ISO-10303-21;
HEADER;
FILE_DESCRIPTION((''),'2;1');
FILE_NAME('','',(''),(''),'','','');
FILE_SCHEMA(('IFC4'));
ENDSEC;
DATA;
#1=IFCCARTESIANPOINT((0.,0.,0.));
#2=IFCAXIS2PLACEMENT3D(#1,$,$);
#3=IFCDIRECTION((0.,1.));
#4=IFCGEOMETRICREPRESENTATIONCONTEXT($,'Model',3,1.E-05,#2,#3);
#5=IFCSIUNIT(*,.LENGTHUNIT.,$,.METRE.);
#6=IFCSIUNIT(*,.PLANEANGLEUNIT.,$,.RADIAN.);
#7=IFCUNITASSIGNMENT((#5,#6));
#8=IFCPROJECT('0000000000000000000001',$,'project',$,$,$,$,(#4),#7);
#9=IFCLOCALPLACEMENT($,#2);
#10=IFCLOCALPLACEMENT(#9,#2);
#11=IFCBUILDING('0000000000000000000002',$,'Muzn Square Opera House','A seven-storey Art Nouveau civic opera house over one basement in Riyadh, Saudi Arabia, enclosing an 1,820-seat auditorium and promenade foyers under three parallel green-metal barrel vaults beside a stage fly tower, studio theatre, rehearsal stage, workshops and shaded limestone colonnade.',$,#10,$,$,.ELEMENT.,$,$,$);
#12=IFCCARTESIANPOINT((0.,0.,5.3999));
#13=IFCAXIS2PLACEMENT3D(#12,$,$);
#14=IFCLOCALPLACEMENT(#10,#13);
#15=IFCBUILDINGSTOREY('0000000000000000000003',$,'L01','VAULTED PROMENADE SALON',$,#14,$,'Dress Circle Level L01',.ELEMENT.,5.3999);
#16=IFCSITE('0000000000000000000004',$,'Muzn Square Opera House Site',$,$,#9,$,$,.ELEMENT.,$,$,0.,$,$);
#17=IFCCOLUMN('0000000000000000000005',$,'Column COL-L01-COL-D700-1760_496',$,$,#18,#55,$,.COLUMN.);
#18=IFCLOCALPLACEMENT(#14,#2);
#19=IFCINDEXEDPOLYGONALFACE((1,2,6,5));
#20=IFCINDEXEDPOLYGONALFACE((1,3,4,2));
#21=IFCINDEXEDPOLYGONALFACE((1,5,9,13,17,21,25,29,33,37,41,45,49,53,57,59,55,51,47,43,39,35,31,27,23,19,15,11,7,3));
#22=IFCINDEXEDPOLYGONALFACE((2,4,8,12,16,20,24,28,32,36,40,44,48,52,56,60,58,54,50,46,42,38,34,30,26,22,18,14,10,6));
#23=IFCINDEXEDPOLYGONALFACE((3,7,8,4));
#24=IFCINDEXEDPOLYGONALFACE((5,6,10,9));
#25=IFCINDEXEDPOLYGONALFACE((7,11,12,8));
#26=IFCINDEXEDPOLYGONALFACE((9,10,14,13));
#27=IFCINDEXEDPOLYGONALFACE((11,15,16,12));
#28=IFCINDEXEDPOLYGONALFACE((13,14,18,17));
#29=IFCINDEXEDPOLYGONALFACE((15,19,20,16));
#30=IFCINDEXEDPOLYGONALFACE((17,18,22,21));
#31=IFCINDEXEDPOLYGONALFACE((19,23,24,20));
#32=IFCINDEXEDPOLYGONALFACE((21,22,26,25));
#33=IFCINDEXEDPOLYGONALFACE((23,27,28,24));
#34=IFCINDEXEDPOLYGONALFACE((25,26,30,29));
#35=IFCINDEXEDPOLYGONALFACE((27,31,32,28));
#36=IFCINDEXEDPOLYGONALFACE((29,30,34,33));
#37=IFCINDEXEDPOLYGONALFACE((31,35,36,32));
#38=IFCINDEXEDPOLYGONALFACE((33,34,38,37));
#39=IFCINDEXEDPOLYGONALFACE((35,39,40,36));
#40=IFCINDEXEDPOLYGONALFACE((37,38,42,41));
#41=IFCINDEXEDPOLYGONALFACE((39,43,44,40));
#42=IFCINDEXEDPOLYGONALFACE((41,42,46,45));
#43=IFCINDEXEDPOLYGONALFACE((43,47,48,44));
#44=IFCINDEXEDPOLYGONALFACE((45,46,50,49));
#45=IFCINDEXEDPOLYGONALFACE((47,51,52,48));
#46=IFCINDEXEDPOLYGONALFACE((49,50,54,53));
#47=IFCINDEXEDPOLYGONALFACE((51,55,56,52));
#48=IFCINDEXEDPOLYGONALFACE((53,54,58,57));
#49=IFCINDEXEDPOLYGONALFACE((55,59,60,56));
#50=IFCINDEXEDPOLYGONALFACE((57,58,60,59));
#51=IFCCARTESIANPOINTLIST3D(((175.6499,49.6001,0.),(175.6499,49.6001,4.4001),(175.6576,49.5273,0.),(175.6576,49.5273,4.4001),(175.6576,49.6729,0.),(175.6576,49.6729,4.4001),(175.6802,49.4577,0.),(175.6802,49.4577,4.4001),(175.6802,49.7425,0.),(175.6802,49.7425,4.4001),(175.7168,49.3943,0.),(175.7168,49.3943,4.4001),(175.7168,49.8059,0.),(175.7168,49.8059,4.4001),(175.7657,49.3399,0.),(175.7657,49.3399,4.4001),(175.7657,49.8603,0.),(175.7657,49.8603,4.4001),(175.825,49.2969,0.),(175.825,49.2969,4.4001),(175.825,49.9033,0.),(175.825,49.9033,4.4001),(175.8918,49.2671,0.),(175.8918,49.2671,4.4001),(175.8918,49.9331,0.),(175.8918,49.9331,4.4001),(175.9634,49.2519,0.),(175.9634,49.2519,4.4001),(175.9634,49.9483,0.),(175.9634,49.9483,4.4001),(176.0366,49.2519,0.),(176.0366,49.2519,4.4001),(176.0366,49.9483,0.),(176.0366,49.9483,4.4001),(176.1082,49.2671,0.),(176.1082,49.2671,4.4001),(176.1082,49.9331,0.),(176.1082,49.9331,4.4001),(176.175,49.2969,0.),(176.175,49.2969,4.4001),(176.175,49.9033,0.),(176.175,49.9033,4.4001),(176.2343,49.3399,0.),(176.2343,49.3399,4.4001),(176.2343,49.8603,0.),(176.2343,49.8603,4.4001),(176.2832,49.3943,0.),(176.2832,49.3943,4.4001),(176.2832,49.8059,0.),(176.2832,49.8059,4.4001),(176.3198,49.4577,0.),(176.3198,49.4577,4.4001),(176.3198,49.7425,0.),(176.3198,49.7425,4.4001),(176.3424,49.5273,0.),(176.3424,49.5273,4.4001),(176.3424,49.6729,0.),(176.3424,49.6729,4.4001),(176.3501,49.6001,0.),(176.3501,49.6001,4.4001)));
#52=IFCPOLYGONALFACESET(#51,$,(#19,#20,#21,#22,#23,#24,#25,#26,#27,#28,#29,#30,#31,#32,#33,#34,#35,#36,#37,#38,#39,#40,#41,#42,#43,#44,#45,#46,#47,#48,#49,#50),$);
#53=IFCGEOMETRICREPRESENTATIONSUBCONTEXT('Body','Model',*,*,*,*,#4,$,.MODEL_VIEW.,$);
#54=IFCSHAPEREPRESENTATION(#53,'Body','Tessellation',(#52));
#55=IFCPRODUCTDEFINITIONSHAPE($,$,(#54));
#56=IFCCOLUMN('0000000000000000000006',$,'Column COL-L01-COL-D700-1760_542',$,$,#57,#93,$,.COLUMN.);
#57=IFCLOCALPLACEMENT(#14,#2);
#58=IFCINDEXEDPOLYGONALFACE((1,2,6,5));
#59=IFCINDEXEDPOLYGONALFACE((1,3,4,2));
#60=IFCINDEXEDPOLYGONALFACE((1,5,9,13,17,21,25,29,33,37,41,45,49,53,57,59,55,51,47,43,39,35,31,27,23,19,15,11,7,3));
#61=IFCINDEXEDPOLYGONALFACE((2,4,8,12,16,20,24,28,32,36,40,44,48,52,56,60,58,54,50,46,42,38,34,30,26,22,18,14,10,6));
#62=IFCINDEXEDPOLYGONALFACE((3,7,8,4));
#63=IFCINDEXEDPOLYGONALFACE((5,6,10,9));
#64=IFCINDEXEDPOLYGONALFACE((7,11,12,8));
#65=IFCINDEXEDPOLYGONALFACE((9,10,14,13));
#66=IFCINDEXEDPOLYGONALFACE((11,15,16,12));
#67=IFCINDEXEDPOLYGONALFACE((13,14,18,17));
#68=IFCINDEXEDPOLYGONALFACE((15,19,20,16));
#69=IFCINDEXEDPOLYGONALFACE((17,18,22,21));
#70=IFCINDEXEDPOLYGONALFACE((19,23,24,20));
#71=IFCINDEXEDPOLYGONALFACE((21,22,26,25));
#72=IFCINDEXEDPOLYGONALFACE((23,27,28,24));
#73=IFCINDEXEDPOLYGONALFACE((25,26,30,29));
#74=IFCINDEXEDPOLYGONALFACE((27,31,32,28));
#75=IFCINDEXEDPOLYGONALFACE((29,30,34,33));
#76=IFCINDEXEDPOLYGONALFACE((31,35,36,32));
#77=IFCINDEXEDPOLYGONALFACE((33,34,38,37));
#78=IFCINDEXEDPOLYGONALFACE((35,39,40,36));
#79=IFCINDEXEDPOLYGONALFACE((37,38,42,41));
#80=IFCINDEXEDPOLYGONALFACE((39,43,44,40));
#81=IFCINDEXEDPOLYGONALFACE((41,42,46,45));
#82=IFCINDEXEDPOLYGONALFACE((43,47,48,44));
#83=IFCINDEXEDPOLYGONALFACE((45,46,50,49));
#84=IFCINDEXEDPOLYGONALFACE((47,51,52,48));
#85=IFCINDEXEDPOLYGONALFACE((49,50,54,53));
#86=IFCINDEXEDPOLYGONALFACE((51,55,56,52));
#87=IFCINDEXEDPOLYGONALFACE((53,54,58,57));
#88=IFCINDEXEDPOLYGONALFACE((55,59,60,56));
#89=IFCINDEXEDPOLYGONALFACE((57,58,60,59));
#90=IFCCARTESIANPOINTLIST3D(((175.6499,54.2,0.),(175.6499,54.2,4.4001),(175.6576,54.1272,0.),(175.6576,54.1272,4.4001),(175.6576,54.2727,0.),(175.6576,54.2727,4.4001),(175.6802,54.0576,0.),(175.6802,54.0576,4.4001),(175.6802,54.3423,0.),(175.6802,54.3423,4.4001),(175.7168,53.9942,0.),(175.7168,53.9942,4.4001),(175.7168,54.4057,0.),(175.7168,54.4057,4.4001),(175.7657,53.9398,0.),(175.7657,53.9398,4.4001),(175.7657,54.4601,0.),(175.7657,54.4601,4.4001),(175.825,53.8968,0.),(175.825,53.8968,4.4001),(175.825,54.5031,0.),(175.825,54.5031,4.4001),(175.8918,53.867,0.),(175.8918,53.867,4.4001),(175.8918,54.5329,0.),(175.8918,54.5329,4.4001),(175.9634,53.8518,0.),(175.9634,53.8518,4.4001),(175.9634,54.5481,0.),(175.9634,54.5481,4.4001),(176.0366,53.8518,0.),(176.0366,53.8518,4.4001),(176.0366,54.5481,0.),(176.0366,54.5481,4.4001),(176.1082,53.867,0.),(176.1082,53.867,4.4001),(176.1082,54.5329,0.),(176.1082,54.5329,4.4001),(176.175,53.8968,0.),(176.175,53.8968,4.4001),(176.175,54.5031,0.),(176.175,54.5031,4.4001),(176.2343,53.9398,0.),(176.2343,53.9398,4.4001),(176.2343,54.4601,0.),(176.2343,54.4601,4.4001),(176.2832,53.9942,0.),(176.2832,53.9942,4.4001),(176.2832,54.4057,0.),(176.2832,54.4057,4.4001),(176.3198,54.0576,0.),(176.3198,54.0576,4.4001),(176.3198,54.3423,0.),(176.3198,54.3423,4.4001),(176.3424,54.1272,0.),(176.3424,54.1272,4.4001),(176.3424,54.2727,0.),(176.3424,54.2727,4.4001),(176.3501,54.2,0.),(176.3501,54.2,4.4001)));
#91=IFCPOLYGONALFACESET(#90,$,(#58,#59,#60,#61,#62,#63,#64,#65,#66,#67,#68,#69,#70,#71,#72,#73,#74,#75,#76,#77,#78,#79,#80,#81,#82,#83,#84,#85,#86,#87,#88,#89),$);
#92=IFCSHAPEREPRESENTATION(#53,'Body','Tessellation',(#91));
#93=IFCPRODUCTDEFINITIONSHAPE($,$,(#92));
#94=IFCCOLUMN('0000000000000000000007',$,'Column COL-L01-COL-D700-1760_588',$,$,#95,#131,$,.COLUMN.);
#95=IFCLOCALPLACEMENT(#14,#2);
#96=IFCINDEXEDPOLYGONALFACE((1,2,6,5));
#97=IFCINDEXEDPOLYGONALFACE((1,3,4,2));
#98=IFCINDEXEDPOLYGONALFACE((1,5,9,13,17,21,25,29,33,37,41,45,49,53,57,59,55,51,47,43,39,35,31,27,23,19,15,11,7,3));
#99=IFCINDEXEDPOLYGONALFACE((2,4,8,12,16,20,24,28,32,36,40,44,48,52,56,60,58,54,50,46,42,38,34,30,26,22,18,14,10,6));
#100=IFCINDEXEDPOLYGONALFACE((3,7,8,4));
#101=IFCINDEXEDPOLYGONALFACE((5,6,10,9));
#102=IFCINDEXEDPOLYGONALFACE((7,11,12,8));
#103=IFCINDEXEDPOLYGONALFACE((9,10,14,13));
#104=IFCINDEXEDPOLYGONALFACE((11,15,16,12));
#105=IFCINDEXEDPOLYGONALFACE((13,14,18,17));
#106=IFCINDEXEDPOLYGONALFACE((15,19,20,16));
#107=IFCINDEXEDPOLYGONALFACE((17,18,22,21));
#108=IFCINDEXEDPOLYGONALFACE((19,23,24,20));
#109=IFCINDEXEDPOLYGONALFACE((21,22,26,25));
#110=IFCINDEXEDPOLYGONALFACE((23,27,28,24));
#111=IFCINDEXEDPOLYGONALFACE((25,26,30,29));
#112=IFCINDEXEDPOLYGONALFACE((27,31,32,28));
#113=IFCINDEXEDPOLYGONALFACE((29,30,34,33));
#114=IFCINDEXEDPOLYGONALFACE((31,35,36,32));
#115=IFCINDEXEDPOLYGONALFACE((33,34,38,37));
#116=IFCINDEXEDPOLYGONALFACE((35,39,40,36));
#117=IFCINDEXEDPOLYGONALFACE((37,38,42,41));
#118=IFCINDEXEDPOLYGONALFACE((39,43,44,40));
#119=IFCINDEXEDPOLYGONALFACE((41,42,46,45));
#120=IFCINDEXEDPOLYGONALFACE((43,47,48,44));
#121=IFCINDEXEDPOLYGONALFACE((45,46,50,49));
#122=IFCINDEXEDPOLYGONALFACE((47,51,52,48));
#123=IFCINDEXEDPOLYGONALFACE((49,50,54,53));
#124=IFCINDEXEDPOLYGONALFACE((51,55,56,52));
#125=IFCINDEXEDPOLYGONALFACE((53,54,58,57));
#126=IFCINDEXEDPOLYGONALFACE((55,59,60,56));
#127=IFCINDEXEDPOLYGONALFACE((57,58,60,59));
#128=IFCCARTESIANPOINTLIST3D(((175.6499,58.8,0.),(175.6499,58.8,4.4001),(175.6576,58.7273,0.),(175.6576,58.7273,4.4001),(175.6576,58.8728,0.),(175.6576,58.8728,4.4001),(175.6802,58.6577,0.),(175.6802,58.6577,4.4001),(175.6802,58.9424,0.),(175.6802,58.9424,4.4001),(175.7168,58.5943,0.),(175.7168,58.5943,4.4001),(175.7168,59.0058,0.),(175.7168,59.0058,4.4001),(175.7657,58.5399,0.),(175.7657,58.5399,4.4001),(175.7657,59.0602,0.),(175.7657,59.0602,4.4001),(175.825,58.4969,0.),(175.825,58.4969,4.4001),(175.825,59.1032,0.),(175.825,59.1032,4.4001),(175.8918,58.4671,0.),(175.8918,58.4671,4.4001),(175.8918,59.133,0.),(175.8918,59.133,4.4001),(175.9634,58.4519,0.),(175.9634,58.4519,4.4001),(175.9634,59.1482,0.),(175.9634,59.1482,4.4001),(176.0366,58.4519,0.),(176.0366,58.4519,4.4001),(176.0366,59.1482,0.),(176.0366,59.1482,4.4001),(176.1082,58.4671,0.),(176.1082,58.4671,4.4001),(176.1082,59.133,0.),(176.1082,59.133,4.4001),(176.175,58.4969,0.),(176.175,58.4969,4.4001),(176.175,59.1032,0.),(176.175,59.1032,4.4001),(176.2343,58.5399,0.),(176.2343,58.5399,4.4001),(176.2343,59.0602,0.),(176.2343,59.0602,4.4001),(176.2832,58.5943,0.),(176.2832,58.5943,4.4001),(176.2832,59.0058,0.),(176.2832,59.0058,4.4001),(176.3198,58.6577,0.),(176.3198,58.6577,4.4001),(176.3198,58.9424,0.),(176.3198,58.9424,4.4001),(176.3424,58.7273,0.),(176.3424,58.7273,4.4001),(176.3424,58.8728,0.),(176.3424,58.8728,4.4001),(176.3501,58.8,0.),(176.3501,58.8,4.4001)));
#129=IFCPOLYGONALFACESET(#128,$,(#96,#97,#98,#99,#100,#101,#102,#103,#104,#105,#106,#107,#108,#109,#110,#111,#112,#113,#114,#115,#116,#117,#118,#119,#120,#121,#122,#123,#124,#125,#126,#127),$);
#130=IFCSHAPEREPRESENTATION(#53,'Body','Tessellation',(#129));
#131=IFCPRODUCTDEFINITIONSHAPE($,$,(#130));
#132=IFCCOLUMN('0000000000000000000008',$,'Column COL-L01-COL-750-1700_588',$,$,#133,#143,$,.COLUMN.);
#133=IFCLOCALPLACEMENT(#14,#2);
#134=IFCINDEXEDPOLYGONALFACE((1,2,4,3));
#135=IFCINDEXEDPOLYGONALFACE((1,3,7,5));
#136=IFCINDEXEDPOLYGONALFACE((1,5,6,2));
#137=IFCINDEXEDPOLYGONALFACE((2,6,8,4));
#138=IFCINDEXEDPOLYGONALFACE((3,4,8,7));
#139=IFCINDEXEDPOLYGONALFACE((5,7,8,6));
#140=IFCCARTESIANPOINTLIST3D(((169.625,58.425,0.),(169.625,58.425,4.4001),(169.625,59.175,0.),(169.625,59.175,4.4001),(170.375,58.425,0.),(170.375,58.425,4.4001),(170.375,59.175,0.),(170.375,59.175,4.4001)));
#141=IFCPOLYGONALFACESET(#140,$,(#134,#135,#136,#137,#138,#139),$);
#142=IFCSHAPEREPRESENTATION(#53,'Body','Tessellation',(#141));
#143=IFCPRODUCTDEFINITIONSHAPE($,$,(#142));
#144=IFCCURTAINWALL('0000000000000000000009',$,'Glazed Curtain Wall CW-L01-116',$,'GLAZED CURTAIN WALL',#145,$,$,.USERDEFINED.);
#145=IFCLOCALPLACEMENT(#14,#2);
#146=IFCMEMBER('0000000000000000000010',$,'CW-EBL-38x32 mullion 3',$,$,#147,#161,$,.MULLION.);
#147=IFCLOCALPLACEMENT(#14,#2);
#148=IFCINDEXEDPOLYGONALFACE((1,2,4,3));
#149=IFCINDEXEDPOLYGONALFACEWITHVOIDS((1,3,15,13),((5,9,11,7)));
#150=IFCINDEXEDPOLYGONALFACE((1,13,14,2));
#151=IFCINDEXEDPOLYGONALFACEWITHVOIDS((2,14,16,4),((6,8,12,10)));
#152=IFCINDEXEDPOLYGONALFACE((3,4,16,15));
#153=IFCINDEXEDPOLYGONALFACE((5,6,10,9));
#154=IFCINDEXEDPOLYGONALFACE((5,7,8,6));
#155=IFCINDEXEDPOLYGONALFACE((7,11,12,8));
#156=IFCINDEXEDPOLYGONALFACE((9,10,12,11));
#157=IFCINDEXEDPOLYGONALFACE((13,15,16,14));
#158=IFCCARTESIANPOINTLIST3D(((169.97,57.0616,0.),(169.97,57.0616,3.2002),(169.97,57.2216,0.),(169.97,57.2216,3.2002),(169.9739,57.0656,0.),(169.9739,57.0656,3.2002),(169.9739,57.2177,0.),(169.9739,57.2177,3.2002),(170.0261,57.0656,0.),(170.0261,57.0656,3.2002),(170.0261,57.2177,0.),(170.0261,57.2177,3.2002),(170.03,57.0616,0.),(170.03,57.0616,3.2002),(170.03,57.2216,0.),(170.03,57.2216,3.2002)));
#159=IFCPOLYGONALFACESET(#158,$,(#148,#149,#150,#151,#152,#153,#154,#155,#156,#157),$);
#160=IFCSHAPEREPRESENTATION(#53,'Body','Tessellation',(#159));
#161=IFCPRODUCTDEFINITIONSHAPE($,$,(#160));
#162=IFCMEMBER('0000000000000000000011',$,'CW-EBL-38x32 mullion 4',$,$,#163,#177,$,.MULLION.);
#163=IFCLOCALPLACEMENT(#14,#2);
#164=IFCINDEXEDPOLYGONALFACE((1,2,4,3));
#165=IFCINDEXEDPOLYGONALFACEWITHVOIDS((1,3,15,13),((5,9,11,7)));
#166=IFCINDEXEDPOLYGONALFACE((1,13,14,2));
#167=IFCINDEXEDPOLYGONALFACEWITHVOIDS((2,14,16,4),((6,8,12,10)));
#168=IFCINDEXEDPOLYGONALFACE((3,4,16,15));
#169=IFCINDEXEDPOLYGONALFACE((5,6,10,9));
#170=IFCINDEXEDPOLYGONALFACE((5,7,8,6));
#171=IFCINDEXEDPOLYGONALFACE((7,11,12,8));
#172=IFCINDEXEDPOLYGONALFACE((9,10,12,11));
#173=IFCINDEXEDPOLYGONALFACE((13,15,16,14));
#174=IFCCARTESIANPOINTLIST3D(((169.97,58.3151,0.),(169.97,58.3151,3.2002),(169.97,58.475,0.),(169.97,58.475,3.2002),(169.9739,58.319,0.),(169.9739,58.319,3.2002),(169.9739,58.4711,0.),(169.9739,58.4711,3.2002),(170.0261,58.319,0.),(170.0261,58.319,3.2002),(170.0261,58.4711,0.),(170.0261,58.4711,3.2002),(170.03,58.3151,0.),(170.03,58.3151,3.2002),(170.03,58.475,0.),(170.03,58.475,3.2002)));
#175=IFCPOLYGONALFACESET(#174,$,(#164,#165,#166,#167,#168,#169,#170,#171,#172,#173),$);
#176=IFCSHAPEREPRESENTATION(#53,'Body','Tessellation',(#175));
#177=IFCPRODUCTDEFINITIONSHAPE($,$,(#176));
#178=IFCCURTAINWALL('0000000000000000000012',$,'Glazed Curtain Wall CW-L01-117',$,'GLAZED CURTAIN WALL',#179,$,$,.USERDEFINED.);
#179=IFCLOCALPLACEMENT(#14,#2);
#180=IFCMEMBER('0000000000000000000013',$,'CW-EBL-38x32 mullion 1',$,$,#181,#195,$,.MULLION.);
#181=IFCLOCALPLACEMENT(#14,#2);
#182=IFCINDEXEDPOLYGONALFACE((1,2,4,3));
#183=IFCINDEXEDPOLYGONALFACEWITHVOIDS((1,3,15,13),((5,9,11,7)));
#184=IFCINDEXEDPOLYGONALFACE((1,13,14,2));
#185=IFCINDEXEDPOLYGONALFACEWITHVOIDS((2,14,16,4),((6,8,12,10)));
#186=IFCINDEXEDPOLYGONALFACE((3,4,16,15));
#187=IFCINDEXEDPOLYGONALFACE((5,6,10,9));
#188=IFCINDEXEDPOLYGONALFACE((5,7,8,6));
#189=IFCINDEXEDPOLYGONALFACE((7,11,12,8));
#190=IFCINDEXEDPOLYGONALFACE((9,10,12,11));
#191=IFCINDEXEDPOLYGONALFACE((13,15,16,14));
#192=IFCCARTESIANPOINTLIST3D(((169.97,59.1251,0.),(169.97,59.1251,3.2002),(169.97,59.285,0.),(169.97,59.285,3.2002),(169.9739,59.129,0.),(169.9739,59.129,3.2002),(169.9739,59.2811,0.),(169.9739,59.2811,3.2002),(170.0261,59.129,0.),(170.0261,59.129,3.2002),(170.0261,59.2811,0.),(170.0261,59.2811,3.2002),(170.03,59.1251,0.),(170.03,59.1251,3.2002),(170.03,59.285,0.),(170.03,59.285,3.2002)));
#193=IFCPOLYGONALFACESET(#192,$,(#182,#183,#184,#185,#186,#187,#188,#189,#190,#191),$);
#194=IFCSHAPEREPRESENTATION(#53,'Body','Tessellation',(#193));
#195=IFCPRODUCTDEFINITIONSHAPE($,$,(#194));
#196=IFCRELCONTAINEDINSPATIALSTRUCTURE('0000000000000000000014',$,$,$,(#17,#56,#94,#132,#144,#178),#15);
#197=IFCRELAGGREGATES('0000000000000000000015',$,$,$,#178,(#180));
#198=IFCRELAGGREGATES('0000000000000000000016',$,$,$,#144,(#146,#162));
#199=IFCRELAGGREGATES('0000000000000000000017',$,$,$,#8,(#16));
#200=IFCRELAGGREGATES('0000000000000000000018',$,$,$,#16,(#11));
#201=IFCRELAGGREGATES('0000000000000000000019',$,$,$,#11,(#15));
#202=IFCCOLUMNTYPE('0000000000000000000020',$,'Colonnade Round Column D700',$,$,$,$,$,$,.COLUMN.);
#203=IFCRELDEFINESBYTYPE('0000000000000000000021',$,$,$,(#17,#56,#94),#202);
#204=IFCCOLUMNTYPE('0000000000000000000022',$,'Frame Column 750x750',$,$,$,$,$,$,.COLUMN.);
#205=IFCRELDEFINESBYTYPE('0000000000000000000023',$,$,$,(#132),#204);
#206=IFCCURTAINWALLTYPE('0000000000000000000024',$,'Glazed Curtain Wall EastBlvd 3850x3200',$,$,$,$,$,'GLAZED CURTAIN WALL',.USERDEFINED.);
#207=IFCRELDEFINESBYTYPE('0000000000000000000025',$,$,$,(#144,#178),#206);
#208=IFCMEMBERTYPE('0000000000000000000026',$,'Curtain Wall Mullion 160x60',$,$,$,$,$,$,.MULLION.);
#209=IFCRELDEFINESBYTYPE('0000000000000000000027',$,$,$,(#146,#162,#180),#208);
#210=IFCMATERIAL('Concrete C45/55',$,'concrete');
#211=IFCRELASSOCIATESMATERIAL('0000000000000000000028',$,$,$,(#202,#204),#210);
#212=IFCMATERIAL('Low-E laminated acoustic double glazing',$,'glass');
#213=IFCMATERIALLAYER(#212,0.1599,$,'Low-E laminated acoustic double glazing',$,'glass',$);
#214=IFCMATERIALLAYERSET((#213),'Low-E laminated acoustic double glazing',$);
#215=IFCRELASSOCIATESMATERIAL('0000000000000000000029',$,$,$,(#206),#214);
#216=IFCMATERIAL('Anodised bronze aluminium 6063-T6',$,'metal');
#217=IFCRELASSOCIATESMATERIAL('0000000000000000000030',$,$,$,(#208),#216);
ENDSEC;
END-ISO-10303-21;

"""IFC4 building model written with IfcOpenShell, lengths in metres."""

from ifc_helpers import new_model, si_unit, direction, frame, origin, origin_2d, place, context, subcontext, project, spatial, rectangle, hollow_rectangle, circle, extrude, material, layer, layer_set, material_profile, profile_set, type_object, element, aggregate, save


model = new_model("IFC4")

# Units and contexts
model_context = context("Model", 3, precision=1e-05, world=origin(), true_north=direction((0.0, 1.0)))
body_context = subcontext(model_context, "Body", "Model", "MODEL_VIEW")
ifc_project = project(units=[si_unit("LENGTHUNIT", "METRE"), si_unit("PLANEANGLEUNIT", "RADIAN")], contexts=[model_context])

# Site, building, storey
site_placement = place(None, origin())
site = spatial("IfcSite", under=ifc_project, at=site_placement, Name="Muzn Square Opera House Site", CompositionType="ELEMENT", RefElevation=0.0)
building_placement = place(site_placement, origin())
building = spatial("IfcBuilding", under=site, at=building_placement, Name="Muzn Square Opera House", Description="A seven-storey Art Nouveau civic opera house over one basement in Riyadh, Saudi Arabia, enclosing an 1,820-seat auditorium and promenade foyers under three parallel green-metal barrel vaults beside a stage fly tower, studio theatre, rehearsal stage, workshops and shaded limestone colonnade.", CompositionType="ELEMENT")
storey_placement = place(building_placement, frame((0.0, 0.0, 5.3999)))
storey = spatial("IfcBuildingStorey", under=building, at=storey_placement, Name="L01", Description="VAULTED PROMENADE SALON", LongName="Dress Circle Level L01", CompositionType="ELEMENT", Elevation=5.3999)

# Columns
ifc_material_1 = material(Name="Concrete C45/55", Category="concrete")
ifc_material_profile_1 = material_profile(ifc_material_1, circle(Radius=0.3501, at=origin_2d()), Name="RCC D700", Category="concrete")
ifc_profile_set_1 = profile_set([ifc_material_profile_1], Name="Concrete C45/55")
column_type_1 = type_object("IfcColumnType", Name="Colonnade Round Column D700", PredefinedType="COLUMN", material=ifc_profile_set_1)
for number, where, z_axis, x_axis, name in (
    (1, (176.0, 49.6001, 0.0), (0.0, 0.0, 1.0), (1.0, 0.0, 0.0), "Column COL-L01-COL-D700-1760_496"),
    (2, (176.0, 54.2, 0.0), (0.0, 0.0, 1.0), (1.0, 0.0, 0.0), "Column COL-L01-COL-D700-1760_542"),
    (3, (176.0, 58.8, 0.0), (0.0, 0.0, 1.0), (1.0, 0.0, 0.0), "Column COL-L01-COL-D700-1760_588"),
):
    element("IfcColumn", number, at=place(storey_placement, frame(where, z_axis=z_axis, x_axis=x_axis)), inside=storey, type_object=column_type_1, Name=name, PredefinedType="COLUMN", context=body_context, shape_type="SweptSolid", body=[
        extrude(circle(Radius=0.3501, at=origin_2d()), origin(), (0.0, 0.0, 1.0), 4.4001),
    ])
ifc_material_profile_2 = material_profile(ifc_material_1, rectangle(XDim=0.75, YDim=0.75, at=origin_2d()), Name="RC 750x750", Category="concrete")
ifc_profile_set_2 = profile_set([ifc_material_profile_2], Name="Concrete C45/55")
column_type_2 = type_object("IfcColumnType", Name="Frame Column 750x750", PredefinedType="COLUMN", material=ifc_profile_set_2)
column_placement = place(storey_placement, frame((170.0, 58.8, 0.0), z_axis=(0.0, 0.0, 1.0), x_axis=(1.0, 0.0, 0.0)))
element("IfcColumn", 4, at=column_placement, inside=storey, type_object=column_type_2, Name="Column COL-L01-COL-750-1700_588", PredefinedType="COLUMN", context=body_context, shape_type="SweptSolid", body=[
    extrude(rectangle(XDim=0.75, YDim=0.75, at=origin_2d()), origin(), (0.0, 0.0, 1.0), 4.4001),
])

# Curtain wall, members
ifc_material_2 = material(Name="Low-E laminated acoustic double glazing", Category="glass")
ifc_layer_1 = layer(ifc_material_2, 0.1599, Name="Low-E laminated acoustic double glazing", Category="glass")
ifc_layer_set_1 = layer_set([ifc_layer_1], Name="Low-E laminated acoustic double glazing")
curtain_wall_type = type_object("IfcCurtainWallType", Name="Glazed Curtain Wall EastBlvd 3850x3200", ElementType="GLAZED CURTAIN WALL", PredefinedType="USERDEFINED", material=ifc_layer_set_1)
curtain_wall_1_placement = place(storey_placement, origin())
curtain_wall_1 = element("IfcCurtainWall", 5, at=curtain_wall_1_placement, inside=storey, type_object=curtain_wall_type, Name="Glazed Curtain Wall CW-L01-116", ObjectType="GLAZED CURTAIN WALL", PredefinedType="USERDEFINED")
ifc_material_3 = material(Name="Anodised bronze aluminium 6063-T6", Category="metal")
ifc_material_profile_3 = material_profile(ifc_material_3, hollow_rectangle(XDim=0.0601, YDim=0.1599, WallThickness=0.0039, at=origin_2d()), Name="ALU 160x60x4", Category="metal")
ifc_profile_set_3 = profile_set([ifc_material_profile_3], Name="Anodised bronze aluminium 6063-T6")
member_type_1 = type_object("IfcMemberType", Name="Curtain Wall Mullion 160x60", PredefinedType="MULLION", material=ifc_profile_set_3)
member_1_placement = place(storey_placement, frame((170.0, 57.1416, 0.0), z_axis=(0.0, 0.0, 1.0), x_axis=(-1.0, 0.0, 0.0)))
member_1 = element("IfcMember", 6, at=member_1_placement, type_object=member_type_1, Name="CW-EBL-38x32 mullion 3", PredefinedType="MULLION", context=body_context, shape_type="SweptSolid", body=[
    extrude(hollow_rectangle(XDim=0.0601, YDim=0.1599, WallThickness=0.0039, at=origin_2d()), origin(), (0.0, 0.0, 1.0), 3.2002),
])
member_2_placement = place(storey_placement, frame((170.0, 58.395, 0.0), z_axis=(0.0, 0.0, 1.0), x_axis=(-1.0, 0.0, 0.0)))
member_2 = element("IfcMember", 7, at=member_2_placement, type_object=member_type_1, Name="CW-EBL-38x32 mullion 4", PredefinedType="MULLION", context=body_context, shape_type="SweptSolid", body=[
    extrude(hollow_rectangle(XDim=0.0601, YDim=0.1599, WallThickness=0.0039, at=origin_2d()), origin(), (0.0, 0.0, 1.0), 3.2002),
])

# Curtain wall, member
curtain_wall_2_placement = place(storey_placement, origin())
curtain_wall_2 = element("IfcCurtainWall", 8, at=curtain_wall_2_placement, inside=storey, type_object=curtain_wall_type, Name="Glazed Curtain Wall CW-L01-117", ObjectType="GLAZED CURTAIN WALL", PredefinedType="USERDEFINED")
member_3_placement = place(storey_placement, frame((170.0, 59.2051, 0.0), z_axis=(0.0, 0.0, 1.0), x_axis=(-1.0, 0.0, 0.0)))
member_3 = element("IfcMember", 9, at=member_3_placement, type_object=member_type_1, Name="CW-EBL-38x32 mullion 1", PredefinedType="MULLION", context=body_context, shape_type="SweptSolid", body=[
    extrude(hollow_rectangle(XDim=0.0601, YDim=0.1599, WallThickness=0.0039, at=origin_2d()), origin(), (0.0, 0.0, 1.0), 3.2002),
])
aggregate(curtain_wall_2, [member_3])

aggregate(curtain_wall_1, [member_1, member_2])

save(model, "model.ifc")
